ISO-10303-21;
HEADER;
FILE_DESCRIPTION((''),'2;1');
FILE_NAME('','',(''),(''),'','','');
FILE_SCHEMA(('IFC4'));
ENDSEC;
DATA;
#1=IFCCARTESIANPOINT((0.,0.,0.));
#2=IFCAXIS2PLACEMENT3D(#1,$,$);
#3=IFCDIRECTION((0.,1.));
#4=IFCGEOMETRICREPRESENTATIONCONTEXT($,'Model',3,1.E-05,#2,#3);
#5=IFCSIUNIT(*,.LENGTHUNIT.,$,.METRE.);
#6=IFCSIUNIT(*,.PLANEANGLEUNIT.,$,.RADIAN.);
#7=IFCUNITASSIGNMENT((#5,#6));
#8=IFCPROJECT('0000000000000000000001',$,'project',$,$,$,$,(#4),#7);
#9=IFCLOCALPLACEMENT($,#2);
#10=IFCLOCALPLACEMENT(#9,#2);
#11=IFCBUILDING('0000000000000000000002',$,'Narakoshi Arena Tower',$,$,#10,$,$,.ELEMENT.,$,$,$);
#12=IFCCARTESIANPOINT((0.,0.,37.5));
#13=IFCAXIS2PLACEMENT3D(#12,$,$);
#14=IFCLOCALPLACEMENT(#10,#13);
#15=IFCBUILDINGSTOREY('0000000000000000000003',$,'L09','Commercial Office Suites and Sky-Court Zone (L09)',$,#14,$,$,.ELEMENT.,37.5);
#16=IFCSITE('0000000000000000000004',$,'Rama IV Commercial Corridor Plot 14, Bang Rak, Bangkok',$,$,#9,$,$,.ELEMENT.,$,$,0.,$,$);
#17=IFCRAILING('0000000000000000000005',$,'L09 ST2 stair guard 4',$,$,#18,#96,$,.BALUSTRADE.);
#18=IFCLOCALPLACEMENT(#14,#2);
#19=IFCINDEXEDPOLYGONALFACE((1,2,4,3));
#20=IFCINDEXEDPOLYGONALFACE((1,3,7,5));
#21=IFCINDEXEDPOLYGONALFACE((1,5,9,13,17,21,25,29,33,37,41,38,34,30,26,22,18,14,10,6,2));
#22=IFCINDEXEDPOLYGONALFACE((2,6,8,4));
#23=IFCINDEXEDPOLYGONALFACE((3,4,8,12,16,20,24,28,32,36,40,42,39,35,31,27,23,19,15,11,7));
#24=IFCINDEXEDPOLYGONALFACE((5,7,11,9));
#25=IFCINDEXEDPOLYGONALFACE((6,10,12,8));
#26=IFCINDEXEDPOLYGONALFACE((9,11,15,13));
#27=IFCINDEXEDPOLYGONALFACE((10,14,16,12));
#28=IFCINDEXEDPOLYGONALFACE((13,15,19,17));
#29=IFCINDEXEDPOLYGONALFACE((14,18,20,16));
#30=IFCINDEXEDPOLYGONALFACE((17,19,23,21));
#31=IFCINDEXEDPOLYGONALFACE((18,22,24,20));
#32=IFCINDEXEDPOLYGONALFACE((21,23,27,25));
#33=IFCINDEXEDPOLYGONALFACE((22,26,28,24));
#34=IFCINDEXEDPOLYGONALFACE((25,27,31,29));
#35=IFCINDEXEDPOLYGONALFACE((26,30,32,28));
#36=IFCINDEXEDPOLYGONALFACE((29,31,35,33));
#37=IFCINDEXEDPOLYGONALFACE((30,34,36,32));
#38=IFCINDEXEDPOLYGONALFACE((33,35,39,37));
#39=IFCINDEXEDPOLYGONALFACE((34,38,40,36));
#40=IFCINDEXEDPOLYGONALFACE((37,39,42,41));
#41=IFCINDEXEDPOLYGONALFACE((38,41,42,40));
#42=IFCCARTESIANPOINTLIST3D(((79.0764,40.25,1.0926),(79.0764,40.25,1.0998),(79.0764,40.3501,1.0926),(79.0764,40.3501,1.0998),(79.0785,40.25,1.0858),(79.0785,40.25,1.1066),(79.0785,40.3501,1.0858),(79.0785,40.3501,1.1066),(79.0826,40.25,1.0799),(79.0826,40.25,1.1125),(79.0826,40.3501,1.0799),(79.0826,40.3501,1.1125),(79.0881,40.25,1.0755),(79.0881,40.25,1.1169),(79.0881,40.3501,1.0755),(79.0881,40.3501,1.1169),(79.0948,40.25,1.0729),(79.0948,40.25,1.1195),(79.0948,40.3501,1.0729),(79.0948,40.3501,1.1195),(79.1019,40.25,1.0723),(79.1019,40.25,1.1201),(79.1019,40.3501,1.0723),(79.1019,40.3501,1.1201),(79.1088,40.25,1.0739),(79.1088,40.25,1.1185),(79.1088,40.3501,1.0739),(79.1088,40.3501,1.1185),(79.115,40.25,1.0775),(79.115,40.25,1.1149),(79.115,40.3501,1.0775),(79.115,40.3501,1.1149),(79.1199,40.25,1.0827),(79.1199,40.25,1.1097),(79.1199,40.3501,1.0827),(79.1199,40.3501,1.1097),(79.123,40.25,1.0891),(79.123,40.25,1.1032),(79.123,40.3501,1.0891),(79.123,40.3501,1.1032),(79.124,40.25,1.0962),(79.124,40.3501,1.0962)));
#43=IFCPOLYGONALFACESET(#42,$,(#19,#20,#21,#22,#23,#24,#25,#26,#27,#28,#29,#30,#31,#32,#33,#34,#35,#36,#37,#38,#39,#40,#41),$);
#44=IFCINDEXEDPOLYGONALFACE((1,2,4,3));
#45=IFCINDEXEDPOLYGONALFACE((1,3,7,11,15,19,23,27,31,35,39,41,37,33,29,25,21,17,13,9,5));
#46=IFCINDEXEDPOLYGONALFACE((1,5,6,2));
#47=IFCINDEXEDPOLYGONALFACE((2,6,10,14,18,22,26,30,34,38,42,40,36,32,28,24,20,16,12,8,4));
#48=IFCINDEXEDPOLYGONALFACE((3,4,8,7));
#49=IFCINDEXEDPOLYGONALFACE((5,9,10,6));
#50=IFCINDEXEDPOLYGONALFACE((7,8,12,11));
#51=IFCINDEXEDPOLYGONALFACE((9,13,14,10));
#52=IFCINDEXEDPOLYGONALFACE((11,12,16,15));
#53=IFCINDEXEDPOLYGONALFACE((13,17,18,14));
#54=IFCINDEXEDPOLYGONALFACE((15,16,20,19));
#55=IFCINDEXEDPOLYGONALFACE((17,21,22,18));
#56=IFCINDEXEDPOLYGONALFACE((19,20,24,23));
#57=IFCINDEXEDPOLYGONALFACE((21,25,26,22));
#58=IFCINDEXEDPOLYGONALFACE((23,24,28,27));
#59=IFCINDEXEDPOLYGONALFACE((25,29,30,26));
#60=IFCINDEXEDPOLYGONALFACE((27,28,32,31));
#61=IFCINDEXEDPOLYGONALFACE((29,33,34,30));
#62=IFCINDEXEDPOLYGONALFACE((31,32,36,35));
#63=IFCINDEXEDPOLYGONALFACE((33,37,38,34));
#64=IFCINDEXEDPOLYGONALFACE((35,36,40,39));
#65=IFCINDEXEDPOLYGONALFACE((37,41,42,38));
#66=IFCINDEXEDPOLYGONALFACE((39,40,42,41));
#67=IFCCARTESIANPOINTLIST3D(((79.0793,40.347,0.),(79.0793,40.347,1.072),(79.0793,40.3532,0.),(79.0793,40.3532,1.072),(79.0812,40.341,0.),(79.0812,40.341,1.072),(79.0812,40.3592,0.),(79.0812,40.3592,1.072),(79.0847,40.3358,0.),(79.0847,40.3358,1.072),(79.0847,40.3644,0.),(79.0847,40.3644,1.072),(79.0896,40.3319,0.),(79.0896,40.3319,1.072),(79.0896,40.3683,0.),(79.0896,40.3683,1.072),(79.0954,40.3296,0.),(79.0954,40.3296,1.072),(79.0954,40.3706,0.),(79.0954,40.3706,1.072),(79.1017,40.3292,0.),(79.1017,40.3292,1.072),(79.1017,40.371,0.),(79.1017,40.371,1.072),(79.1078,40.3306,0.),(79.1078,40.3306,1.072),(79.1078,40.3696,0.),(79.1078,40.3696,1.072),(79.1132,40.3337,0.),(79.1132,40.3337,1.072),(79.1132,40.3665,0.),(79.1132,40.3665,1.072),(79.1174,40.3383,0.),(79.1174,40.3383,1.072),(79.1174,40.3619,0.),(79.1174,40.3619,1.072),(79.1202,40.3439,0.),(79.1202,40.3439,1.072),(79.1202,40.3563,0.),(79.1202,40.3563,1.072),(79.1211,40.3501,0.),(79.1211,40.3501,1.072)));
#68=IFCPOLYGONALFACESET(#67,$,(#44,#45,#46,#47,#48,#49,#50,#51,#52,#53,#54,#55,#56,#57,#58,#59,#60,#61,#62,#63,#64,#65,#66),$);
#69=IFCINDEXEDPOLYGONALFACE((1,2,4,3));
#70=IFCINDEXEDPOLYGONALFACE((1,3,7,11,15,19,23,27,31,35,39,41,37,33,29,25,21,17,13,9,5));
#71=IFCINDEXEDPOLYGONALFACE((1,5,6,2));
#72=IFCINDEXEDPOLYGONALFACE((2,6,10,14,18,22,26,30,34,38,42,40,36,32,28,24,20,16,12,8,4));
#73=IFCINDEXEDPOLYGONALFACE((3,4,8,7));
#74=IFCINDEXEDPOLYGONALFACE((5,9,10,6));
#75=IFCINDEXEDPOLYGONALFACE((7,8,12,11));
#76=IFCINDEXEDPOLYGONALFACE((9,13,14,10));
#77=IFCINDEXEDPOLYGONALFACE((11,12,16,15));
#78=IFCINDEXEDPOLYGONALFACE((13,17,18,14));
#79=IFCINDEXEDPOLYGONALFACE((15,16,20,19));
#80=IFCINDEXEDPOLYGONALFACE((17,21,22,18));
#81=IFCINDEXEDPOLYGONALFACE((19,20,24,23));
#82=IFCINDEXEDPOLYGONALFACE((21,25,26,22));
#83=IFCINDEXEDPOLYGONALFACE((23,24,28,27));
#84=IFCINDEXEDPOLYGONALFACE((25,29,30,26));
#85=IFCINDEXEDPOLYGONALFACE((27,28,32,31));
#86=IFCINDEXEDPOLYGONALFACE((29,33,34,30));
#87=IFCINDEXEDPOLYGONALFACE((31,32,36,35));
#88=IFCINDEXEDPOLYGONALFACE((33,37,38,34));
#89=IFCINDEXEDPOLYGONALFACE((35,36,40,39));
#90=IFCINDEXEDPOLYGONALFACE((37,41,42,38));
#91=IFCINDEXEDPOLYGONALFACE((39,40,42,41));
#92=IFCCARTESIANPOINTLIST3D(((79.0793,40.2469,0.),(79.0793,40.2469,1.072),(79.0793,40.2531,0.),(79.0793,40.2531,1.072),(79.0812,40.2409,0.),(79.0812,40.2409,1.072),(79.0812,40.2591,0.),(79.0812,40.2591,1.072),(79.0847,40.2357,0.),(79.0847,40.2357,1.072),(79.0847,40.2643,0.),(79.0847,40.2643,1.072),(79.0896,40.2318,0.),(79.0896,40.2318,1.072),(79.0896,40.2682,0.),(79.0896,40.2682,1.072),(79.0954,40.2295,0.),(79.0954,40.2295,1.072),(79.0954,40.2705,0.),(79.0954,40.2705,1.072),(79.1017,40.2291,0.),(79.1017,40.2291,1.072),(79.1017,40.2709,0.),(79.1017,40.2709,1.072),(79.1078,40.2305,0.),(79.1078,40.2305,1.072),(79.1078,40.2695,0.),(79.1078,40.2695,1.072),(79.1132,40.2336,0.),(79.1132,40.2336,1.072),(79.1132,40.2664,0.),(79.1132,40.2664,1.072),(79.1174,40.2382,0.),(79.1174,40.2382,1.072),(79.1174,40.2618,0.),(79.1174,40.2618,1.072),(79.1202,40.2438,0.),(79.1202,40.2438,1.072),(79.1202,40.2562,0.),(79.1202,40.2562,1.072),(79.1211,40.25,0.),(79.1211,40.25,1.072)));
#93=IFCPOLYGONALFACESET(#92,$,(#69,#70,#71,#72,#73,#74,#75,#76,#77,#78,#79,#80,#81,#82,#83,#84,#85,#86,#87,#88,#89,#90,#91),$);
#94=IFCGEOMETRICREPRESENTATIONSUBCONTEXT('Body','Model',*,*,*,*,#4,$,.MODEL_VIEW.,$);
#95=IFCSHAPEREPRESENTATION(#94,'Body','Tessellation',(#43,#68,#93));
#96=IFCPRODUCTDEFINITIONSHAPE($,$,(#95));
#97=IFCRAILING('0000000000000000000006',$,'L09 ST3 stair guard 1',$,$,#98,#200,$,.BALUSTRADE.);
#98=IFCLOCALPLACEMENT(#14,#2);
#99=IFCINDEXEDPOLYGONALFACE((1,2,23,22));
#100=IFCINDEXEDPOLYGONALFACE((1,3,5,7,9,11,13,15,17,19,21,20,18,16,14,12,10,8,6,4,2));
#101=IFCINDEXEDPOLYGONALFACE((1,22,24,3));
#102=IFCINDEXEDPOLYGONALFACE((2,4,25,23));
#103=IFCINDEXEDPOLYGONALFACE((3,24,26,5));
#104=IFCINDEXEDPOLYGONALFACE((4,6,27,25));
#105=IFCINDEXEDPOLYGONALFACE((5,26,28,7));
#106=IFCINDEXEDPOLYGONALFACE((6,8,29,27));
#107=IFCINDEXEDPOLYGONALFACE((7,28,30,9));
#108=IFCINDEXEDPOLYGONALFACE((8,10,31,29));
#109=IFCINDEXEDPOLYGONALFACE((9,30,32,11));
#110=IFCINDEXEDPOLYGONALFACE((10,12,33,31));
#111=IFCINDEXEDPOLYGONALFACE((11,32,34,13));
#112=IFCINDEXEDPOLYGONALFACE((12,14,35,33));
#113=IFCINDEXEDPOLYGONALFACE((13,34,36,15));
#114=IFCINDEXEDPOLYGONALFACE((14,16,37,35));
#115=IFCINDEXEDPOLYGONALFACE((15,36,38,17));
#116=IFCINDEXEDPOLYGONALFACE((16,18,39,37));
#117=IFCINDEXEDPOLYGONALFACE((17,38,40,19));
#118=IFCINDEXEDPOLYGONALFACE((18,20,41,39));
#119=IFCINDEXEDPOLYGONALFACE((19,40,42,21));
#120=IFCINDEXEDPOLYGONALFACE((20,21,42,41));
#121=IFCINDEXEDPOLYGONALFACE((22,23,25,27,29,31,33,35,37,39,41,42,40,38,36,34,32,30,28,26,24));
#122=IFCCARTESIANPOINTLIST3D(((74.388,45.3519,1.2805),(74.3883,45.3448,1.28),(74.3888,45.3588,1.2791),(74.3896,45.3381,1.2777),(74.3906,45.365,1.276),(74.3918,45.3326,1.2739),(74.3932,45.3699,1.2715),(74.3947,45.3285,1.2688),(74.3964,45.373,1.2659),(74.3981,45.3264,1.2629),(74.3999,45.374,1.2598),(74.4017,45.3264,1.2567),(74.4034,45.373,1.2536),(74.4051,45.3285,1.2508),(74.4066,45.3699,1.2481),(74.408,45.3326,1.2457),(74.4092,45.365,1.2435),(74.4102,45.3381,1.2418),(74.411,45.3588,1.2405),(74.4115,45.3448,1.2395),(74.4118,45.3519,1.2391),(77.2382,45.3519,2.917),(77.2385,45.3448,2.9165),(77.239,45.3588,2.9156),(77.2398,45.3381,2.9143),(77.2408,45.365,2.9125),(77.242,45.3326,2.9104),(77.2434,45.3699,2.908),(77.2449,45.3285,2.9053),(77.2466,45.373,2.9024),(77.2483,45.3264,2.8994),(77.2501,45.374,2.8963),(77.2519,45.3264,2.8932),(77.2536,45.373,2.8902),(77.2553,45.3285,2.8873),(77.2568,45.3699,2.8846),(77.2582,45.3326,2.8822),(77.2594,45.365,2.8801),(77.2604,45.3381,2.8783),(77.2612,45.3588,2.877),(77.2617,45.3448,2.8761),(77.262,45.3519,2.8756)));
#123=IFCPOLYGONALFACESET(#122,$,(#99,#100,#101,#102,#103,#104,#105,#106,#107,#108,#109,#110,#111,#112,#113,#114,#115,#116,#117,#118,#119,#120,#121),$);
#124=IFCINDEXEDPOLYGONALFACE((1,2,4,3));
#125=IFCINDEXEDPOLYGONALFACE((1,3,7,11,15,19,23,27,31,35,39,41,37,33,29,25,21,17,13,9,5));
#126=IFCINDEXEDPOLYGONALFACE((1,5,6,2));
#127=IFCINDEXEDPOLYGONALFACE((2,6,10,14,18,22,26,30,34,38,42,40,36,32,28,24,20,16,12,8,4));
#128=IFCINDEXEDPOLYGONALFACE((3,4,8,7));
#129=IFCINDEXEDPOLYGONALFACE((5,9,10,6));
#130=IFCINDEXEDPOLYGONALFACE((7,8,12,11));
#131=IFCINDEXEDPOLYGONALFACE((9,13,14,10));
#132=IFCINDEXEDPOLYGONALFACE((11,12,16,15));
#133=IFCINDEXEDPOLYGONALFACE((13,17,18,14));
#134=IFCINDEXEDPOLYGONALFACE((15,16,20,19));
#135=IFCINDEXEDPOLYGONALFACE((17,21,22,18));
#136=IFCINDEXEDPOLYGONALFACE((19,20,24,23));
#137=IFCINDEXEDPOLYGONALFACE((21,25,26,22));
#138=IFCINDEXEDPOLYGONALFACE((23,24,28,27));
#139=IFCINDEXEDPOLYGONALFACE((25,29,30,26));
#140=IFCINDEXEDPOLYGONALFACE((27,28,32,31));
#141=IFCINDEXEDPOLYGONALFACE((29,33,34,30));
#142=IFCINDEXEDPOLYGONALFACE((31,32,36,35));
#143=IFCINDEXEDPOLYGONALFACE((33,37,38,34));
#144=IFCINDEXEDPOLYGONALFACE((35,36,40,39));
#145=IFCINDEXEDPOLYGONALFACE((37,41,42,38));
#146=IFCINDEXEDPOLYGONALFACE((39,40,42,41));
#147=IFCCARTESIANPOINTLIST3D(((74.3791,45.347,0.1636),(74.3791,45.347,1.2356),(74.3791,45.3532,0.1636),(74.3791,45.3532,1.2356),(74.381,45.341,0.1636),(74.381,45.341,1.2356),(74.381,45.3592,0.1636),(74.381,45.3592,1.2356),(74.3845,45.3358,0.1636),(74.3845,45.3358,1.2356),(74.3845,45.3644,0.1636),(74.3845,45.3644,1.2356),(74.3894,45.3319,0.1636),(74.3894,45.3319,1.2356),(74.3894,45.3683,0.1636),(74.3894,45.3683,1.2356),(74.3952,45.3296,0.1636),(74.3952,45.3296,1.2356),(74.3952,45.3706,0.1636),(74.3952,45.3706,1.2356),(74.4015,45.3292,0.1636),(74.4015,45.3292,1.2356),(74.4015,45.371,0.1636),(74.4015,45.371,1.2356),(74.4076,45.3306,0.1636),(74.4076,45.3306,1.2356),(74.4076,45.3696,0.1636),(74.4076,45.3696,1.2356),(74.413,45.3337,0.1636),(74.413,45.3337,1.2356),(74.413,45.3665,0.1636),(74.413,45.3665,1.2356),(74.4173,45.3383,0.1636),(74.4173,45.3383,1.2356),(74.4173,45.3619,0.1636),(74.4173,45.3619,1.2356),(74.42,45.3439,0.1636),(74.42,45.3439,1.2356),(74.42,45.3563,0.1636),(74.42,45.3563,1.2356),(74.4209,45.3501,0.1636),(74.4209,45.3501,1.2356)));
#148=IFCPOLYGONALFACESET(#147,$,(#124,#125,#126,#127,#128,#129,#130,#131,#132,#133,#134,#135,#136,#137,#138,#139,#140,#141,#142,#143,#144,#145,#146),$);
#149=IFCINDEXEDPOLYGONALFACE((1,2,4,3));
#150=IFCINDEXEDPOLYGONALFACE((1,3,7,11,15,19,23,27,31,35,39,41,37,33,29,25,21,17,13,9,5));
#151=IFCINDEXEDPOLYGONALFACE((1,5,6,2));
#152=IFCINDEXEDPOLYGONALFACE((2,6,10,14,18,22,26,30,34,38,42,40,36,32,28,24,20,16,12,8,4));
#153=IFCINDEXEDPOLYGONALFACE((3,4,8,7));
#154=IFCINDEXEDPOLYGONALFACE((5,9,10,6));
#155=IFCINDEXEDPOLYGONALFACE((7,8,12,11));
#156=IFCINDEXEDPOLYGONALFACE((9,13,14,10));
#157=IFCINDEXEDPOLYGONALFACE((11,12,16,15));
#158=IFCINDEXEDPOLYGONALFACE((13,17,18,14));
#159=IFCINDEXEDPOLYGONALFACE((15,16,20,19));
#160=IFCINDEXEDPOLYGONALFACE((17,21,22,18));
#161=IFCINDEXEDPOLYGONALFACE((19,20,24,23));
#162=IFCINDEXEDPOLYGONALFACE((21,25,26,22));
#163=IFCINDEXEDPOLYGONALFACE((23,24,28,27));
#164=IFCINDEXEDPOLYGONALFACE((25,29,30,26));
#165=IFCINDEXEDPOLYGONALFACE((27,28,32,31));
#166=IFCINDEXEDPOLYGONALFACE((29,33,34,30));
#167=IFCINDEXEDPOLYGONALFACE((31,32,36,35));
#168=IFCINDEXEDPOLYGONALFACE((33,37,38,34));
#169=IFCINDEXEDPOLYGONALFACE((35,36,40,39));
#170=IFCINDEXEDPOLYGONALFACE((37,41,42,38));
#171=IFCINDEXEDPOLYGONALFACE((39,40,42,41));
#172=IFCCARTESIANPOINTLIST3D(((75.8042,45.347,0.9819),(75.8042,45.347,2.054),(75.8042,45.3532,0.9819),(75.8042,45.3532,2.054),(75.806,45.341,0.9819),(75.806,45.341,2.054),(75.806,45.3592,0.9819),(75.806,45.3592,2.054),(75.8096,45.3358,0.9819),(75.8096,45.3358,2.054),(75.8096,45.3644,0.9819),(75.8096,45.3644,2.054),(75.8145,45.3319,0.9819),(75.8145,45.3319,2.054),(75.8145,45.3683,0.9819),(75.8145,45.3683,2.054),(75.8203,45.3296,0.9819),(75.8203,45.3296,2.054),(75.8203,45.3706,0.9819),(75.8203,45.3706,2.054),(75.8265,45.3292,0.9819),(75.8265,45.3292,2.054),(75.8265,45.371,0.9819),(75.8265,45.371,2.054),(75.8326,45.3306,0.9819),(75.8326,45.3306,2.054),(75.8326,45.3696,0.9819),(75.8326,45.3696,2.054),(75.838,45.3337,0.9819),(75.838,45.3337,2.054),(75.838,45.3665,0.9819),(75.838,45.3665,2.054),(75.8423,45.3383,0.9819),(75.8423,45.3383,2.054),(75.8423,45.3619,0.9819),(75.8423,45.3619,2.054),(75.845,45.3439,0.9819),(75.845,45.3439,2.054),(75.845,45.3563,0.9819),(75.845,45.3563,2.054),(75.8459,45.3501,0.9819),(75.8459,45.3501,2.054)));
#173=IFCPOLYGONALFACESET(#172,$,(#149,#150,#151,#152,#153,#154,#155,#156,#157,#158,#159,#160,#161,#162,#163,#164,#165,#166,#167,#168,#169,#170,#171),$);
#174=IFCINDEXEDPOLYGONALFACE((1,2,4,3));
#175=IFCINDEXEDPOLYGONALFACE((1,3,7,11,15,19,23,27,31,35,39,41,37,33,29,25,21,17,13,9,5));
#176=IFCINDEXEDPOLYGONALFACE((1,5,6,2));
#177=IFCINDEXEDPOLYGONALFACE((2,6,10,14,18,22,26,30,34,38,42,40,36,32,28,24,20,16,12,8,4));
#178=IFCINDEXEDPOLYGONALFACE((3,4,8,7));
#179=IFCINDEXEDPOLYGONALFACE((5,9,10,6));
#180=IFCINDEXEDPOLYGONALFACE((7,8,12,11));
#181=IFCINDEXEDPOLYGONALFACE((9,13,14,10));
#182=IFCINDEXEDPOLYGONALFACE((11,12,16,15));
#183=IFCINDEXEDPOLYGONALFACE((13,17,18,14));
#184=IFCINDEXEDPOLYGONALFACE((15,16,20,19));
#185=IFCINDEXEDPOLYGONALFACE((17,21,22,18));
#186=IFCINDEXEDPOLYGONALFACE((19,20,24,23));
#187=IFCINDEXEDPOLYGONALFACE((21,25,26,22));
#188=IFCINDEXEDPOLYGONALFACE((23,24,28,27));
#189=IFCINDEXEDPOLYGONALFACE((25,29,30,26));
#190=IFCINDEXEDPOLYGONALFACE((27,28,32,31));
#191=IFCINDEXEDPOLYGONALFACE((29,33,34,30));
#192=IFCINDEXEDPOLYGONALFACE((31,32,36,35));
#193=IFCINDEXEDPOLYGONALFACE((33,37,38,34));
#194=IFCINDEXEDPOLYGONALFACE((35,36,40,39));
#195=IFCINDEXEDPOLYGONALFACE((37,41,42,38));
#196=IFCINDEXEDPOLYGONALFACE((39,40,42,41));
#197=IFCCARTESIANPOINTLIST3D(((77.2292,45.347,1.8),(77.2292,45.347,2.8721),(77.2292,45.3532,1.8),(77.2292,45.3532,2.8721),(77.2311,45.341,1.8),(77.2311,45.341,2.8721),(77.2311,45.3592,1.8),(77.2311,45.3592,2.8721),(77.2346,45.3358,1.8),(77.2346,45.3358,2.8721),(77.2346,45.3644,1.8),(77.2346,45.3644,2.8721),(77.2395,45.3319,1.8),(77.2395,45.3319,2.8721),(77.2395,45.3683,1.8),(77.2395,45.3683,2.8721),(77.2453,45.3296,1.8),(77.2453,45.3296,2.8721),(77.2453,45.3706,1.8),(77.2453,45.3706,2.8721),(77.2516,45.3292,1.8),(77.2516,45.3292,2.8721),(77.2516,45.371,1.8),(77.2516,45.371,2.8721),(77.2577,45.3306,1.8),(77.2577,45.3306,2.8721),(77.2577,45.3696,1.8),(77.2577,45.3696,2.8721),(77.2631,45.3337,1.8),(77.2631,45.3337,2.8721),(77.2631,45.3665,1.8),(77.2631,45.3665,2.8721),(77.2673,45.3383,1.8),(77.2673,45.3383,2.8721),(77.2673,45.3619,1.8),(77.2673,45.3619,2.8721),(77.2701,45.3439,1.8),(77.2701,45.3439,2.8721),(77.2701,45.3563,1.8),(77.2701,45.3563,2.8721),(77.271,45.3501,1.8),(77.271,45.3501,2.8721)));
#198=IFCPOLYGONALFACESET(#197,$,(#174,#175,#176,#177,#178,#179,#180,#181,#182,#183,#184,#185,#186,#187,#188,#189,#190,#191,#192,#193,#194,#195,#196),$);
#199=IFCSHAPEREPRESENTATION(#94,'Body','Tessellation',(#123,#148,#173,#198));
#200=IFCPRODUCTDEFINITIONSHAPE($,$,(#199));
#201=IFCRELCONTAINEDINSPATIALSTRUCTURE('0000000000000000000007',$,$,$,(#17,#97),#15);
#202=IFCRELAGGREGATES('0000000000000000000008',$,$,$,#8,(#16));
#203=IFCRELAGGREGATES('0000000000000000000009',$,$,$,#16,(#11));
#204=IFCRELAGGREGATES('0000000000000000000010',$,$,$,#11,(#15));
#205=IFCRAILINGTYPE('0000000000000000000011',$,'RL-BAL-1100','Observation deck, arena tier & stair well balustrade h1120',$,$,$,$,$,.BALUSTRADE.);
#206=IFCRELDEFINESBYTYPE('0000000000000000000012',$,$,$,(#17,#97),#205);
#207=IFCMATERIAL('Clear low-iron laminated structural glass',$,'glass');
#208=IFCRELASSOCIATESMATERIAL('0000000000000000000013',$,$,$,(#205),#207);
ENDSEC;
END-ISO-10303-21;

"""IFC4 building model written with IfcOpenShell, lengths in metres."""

from ifc_helpers import new_model, si_unit, direction, frame, origin, origin_2d, place, context, subcontext, project, spatial, circle, extrude, material, type_object, element, save


model = new_model("IFC4")

# Units and contexts
model_context = context("Model", 3, precision=1e-05, world=origin(), true_north=direction((0.0, 1.0)))
body_context = subcontext(model_context, "Body", "Model", "MODEL_VIEW")
ifc_project = project(units=[si_unit("LENGTHUNIT", "METRE"), si_unit("PLANEANGLEUNIT", "RADIAN")], contexts=[model_context])

# Site, building, storey
site_placement = place(None, origin())
site = spatial("IfcSite", under=ifc_project, at=site_placement, Name="Rama IV Commercial Corridor Plot 14, Bang Rak, Bangkok", CompositionType="ELEMENT", RefElevation=0.0)
building_placement = place(site_placement, origin())
building = spatial("IfcBuilding", under=site, at=building_placement, Name="Narakoshi Arena Tower", CompositionType="ELEMENT")
storey_placement = place(building_placement, frame((0.0, 0.0, 37.5)))
storey = spatial("IfcBuildingStorey", under=building, at=storey_placement, Name="L09", Description="Commercial Office Suites and Sky-Court Zone (L09)", CompositionType="ELEMENT", Elevation=37.5)

# Railings
ifc_material_1 = material(Name="Clear low-iron laminated structural glass", Category="glass")
railing_type_1 = type_object("IfcRailingType", Name="RL-BAL-1100", Description="Observation deck, arena tier & stair well balustrade h1120", PredefinedType="BALUSTRADE", material=ifc_material_1)
railing_1_placement = place(storey_placement, frame((79.1001, 40.3501, 0.0)))
element("IfcRailing", 1, at=railing_1_placement, inside=storey, type_object=railing_type_1, Name="L09 ST2 stair guard 4", PredefinedType="BALUSTRADE", context=body_context, shape_type="SweptSolid", body=[
    extrude(circle(Radius=0.0239, at=origin_2d()), frame((0.0, 0.0, 1.0962), z_axis=(0.0, -1.0, 0.0), x_axis=(1.0, 0.0, 0.0)), (0.0, 0.0, 1.0), 0.1001),
    extrude(circle(Radius=0.021, at=origin_2d()), origin(), (0.0, 0.0, 1.0), 1.072),
    extrude(circle(Radius=0.021, at=origin_2d()), frame((0.0, -0.1001, 0.0)), (0.0, 0.0, 1.0), 1.072),
])
railing_2_placement = place(storey_placement, frame((74.3999, 45.3501, 0.1636)))
element("IfcRailing", 2, at=railing_2_placement, inside=storey, type_object=railing_type_1, Name="L09 ST3 stair guard 1", PredefinedType="BALUSTRADE", context=body_context, shape_type="SweptSolid", body=[
    extrude(circle(Radius=0.0239, at=origin_2d()), frame((0.0, 0.0, 1.0962), z_axis=(0.867213, 0.0, 0.497938), x_axis=(0.0, 1.0, 0.0)), (0.0, 0.0, 1.0), 3.2866),
    extrude(circle(Radius=0.021, at=origin_2d()), origin(), (0.0, 0.0, 1.0), 1.072),
    extrude(circle(Radius=0.021, at=origin_2d()), frame((1.425, 0.0, 0.8184)), (0.0, 0.0, 1.0), 1.072),
    extrude(circle(Radius=0.021, at=origin_2d()), frame((2.8501, 0.0, 1.6365)), (0.0, 0.0, 1.0), 1.072),
])

save(model, "model.ifc")
